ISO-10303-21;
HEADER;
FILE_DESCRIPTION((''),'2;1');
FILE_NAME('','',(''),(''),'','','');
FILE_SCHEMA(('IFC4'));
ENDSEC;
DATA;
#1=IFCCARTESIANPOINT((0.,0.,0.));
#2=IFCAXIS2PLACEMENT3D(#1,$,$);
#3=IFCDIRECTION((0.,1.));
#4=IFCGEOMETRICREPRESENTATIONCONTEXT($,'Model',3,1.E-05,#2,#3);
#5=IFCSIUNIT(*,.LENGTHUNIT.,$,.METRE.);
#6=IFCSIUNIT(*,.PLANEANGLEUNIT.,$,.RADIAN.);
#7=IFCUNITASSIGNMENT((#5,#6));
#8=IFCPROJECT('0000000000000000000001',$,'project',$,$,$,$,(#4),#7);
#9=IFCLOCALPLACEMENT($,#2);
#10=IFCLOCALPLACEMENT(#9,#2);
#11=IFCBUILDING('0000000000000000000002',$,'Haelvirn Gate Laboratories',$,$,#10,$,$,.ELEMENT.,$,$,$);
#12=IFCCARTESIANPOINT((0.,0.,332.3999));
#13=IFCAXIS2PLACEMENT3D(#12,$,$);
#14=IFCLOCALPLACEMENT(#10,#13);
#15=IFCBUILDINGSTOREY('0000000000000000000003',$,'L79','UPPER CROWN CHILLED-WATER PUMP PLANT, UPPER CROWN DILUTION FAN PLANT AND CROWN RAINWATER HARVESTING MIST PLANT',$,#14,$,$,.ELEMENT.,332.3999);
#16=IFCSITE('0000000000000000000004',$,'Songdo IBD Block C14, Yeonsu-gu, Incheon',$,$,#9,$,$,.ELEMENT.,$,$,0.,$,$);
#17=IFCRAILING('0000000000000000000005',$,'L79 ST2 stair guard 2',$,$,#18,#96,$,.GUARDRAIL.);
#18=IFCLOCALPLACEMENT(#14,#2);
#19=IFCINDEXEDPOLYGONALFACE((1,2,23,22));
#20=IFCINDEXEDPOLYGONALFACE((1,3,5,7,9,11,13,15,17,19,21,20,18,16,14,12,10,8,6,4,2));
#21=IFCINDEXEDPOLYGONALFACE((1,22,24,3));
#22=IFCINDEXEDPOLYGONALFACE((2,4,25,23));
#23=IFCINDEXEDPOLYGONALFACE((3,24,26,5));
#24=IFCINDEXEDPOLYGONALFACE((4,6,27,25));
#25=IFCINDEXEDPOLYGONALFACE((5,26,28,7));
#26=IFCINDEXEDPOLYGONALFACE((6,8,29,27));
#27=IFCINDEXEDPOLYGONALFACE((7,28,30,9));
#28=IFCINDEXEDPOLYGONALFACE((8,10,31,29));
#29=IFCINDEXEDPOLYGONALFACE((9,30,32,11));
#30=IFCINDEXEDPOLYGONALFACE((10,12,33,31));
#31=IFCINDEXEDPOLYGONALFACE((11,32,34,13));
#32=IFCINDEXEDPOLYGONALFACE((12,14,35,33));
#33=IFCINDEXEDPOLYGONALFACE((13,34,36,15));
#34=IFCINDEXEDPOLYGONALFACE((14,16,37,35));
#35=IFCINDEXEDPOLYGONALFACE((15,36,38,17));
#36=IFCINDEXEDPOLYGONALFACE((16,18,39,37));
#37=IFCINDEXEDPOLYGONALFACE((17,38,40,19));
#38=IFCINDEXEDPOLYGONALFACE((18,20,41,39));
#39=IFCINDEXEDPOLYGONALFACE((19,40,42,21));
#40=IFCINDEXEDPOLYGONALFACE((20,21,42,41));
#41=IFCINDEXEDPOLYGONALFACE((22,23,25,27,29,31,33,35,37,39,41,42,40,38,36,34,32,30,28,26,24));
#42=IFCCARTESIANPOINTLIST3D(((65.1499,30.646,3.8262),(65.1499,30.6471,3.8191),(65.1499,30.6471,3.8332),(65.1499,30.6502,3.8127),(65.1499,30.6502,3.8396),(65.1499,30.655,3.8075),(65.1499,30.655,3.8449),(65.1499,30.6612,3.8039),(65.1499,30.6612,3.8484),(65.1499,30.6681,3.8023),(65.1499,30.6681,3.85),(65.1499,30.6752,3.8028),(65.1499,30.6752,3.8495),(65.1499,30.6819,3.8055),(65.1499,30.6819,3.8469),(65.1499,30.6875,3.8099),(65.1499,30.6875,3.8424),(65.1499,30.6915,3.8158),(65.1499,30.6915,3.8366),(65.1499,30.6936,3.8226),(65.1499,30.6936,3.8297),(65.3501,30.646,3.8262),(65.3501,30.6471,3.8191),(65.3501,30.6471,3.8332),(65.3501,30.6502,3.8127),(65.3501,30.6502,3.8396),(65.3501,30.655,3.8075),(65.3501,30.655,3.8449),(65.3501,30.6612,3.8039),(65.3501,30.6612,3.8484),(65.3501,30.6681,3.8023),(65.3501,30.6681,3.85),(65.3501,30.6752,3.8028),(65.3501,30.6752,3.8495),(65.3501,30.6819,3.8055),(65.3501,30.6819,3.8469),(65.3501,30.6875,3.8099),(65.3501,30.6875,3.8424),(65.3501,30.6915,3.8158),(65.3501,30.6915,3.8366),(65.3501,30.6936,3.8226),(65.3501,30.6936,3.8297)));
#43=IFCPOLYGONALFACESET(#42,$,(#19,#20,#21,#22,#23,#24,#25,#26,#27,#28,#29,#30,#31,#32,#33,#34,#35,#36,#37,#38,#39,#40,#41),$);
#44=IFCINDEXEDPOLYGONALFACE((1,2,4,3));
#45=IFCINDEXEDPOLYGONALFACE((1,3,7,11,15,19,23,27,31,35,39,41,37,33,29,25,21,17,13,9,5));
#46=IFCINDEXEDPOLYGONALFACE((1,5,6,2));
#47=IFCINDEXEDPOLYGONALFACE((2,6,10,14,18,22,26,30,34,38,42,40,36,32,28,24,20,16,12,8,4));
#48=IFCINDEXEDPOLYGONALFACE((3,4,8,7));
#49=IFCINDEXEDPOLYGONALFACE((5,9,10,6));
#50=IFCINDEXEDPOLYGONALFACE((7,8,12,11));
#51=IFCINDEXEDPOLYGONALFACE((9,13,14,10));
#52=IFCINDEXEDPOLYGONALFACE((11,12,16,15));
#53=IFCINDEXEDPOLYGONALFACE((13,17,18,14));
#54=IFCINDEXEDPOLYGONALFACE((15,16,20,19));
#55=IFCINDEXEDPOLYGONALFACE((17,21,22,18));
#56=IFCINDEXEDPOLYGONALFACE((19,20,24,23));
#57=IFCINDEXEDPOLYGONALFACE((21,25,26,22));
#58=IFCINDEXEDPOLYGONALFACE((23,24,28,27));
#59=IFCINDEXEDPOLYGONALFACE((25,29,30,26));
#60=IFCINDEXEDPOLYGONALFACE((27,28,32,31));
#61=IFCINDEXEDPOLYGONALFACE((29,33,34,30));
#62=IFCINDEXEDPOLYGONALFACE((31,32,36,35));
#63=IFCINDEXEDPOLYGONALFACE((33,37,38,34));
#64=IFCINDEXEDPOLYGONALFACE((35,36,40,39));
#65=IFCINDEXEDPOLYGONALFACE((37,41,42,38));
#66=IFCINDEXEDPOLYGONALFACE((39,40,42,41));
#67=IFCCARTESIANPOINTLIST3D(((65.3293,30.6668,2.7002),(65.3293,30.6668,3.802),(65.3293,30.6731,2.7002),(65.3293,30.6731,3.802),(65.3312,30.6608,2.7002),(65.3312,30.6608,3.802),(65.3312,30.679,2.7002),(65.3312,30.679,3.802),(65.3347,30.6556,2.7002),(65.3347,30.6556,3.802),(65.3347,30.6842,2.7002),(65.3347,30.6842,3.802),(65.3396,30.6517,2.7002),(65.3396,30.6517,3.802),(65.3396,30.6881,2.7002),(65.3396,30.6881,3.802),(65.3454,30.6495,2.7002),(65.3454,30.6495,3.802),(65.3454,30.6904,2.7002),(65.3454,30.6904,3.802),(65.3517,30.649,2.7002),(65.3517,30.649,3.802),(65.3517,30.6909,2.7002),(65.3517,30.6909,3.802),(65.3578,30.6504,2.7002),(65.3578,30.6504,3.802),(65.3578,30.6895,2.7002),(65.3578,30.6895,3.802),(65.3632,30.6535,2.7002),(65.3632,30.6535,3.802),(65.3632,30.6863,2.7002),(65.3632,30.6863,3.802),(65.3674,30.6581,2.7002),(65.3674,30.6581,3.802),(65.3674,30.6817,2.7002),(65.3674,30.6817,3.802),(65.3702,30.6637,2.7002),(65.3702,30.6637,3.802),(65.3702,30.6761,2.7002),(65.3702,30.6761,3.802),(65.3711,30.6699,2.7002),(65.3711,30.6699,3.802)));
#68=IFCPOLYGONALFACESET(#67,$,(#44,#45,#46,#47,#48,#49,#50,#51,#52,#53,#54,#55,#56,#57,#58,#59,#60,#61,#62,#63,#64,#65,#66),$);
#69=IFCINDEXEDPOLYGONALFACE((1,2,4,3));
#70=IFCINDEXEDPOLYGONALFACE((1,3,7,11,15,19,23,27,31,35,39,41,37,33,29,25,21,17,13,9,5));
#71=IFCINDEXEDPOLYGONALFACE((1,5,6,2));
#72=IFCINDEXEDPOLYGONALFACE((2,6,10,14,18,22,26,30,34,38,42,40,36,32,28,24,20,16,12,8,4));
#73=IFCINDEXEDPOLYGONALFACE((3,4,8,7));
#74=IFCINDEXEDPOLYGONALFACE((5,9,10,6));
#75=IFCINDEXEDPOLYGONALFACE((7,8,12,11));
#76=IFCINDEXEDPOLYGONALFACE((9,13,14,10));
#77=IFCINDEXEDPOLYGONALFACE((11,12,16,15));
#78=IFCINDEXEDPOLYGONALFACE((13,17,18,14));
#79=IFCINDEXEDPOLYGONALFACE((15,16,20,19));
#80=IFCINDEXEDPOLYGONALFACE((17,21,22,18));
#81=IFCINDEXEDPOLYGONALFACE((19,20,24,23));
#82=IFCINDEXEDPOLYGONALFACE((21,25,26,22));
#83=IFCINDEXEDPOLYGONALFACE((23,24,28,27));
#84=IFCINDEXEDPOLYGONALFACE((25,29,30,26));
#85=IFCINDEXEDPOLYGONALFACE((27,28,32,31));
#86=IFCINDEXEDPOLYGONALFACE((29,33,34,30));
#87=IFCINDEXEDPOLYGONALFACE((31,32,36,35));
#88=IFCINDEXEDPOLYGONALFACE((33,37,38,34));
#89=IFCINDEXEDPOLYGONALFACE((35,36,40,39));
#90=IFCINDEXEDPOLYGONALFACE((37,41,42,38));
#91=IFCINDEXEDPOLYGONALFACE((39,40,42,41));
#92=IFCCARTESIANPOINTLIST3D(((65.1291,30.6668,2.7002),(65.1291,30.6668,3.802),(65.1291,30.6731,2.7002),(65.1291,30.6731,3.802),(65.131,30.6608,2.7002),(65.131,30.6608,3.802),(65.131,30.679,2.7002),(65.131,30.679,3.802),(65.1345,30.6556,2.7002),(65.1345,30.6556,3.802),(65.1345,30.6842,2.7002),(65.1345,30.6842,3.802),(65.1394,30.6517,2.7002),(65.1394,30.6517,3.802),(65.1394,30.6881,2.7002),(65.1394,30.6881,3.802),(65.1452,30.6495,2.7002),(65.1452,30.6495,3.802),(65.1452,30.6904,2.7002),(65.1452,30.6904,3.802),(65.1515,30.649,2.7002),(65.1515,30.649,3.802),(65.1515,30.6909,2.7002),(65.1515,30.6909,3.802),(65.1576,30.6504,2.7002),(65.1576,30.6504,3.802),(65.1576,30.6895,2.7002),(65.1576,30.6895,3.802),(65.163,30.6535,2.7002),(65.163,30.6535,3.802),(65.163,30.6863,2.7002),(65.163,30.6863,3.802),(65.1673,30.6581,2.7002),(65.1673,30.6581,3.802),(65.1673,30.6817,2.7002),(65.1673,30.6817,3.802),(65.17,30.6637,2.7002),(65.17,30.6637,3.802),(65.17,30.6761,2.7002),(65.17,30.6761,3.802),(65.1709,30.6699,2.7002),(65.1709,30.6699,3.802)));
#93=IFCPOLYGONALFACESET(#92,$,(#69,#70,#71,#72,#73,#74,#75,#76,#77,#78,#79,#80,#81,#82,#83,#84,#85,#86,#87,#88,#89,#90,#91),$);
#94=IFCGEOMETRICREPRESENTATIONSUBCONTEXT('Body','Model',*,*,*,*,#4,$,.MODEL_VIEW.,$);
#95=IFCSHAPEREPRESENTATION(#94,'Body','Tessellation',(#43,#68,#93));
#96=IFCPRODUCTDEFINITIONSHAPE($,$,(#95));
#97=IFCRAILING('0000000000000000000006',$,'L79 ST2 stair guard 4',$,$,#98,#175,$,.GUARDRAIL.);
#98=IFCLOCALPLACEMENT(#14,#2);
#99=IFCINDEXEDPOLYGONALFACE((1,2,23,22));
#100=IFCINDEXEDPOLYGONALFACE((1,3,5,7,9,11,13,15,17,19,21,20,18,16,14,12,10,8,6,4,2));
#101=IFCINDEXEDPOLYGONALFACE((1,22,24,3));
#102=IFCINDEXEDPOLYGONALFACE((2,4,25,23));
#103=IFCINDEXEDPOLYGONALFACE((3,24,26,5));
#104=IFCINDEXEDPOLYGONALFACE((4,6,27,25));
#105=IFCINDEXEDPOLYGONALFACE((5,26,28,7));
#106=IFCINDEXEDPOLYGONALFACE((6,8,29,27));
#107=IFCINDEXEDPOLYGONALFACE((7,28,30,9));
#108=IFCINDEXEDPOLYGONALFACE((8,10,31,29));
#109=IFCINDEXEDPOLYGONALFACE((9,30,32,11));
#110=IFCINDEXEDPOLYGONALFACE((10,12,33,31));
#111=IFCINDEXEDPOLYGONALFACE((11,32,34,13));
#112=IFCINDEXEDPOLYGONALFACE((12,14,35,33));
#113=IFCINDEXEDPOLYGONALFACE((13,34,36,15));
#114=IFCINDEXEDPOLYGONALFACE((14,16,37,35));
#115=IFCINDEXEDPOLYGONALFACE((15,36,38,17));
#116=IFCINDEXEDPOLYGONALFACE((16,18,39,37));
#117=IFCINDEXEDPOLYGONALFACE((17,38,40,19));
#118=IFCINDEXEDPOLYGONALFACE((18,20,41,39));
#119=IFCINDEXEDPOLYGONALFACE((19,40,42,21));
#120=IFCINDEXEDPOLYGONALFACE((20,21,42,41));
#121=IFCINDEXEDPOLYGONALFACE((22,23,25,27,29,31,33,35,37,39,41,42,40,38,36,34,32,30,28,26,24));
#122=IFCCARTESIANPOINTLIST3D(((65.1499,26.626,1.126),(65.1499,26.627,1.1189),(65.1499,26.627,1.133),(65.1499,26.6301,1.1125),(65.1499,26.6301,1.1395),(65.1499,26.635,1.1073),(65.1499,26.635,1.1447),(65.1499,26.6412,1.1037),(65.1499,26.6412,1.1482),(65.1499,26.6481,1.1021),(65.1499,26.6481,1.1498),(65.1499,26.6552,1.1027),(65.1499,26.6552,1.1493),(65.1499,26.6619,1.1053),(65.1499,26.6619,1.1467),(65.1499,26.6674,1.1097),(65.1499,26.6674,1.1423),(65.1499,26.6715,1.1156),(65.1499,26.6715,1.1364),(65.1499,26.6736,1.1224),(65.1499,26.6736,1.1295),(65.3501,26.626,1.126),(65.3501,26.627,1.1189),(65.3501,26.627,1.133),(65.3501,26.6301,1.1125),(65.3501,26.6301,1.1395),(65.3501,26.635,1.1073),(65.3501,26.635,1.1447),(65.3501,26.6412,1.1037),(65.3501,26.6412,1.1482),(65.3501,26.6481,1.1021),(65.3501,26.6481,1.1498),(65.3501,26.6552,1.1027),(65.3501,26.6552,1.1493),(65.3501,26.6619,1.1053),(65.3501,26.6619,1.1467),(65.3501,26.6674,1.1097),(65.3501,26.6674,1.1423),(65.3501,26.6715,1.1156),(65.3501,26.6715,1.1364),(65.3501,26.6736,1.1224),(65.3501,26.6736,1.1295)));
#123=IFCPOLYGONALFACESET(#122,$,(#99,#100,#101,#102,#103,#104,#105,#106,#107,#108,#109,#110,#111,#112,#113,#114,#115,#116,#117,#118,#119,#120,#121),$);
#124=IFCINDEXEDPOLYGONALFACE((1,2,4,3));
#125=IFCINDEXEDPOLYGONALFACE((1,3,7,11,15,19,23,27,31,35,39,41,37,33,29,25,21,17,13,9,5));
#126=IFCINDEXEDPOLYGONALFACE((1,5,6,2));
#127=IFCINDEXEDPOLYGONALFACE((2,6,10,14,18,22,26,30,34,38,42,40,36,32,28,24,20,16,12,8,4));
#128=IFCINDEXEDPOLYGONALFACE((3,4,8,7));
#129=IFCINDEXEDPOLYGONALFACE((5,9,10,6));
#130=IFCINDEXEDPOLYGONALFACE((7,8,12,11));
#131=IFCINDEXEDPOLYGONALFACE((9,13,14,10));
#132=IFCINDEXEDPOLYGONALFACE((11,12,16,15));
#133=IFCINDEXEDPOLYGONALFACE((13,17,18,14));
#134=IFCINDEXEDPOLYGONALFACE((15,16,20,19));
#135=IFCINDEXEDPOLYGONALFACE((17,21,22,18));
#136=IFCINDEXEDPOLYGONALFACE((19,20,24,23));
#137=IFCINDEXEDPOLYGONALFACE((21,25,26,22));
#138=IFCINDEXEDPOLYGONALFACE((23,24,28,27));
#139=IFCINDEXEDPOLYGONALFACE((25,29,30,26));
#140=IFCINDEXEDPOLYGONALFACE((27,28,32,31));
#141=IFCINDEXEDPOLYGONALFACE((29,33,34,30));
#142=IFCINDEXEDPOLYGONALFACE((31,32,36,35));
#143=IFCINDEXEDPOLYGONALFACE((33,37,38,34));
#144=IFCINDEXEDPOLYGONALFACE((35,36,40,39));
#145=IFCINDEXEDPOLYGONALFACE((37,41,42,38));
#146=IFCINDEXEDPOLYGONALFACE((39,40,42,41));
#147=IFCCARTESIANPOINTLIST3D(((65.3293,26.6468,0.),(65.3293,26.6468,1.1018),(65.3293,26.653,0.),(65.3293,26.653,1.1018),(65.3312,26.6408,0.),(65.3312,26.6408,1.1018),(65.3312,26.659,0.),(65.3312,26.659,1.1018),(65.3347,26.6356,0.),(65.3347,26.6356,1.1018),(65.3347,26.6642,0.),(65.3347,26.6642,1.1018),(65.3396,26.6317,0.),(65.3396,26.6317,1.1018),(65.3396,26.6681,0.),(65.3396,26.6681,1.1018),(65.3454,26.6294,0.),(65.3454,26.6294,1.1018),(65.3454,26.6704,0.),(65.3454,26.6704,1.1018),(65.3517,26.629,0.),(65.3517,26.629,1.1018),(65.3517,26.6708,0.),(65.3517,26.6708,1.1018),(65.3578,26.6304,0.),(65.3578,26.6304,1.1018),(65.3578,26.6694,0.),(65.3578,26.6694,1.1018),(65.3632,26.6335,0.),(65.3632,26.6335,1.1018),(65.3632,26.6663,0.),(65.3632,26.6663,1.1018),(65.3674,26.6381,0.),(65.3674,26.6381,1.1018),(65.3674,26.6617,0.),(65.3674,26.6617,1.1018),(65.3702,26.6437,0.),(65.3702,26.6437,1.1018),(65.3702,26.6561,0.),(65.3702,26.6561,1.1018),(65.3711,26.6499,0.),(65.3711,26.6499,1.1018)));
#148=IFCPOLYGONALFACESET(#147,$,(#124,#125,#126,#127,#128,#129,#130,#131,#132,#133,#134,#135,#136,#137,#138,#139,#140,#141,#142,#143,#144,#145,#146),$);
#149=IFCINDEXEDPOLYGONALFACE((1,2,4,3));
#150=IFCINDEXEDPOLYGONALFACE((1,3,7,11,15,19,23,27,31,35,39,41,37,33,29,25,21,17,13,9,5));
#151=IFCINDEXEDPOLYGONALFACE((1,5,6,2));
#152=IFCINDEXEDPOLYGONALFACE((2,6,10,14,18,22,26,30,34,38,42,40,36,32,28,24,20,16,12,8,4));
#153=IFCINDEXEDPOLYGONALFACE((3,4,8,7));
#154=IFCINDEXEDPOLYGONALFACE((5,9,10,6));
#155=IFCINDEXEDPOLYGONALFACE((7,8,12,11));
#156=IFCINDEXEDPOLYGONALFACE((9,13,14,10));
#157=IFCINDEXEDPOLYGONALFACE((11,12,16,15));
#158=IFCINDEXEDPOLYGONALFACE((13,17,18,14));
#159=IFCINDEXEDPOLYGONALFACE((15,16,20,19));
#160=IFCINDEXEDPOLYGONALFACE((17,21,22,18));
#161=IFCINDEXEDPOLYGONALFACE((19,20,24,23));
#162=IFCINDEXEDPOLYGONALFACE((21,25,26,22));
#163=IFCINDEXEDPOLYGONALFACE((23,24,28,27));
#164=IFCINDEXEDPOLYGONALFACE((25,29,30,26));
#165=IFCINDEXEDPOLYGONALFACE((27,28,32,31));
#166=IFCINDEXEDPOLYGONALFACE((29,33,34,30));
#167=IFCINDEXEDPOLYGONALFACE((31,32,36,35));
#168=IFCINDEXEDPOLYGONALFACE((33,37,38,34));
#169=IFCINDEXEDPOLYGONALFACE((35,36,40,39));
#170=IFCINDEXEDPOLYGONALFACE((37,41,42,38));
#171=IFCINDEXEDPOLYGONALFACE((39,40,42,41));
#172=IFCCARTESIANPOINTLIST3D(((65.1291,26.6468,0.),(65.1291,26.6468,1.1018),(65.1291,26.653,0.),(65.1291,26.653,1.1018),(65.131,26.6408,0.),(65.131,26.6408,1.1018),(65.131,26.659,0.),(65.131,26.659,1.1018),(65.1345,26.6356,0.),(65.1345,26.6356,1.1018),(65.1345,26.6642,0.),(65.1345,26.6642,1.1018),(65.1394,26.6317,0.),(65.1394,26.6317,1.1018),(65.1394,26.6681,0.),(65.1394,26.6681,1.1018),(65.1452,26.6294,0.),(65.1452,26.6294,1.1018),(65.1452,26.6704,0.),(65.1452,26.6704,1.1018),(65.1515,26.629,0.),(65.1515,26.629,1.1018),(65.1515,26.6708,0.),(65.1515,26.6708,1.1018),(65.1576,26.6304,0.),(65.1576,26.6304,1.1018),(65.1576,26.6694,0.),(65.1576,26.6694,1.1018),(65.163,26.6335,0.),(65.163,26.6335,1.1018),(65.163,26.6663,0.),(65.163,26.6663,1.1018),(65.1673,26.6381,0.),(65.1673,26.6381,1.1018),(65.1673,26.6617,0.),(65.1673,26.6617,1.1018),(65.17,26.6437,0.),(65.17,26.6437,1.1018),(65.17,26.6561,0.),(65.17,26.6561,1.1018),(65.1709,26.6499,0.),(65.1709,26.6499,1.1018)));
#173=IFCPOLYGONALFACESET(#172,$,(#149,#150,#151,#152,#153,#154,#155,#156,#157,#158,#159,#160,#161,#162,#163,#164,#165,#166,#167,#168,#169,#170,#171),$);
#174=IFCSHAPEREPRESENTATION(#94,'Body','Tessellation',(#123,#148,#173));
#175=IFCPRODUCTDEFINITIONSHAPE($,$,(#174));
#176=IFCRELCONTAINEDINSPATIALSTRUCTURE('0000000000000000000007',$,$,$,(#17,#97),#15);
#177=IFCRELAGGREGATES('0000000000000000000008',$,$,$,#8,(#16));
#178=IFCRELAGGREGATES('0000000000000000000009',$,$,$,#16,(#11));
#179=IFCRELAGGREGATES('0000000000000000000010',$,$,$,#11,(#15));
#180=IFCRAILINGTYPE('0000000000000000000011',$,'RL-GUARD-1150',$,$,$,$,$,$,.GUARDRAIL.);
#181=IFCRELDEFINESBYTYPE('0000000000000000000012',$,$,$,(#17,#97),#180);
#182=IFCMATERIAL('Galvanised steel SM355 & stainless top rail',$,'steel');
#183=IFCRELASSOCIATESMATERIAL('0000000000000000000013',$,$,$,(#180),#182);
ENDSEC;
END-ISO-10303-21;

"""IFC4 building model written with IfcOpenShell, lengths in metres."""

from ifc_helpers import new_model, si_unit, direction, frame, origin, origin_2d, place, context, subcontext, project, spatial, circle, extrude, source, transform, mapped, material, type_object, element, save


model = new_model("IFC4")

# Units and contexts
model_context = context("Model", 3, precision=1e-05, world=origin(), true_north=direction((0.0, 1.0)))
body_context = subcontext(model_context, "Body", "Model", "MODEL_VIEW")
ifc_project = project(units=[si_unit("LENGTHUNIT", "METRE"), si_unit("PLANEANGLEUNIT", "RADIAN")], contexts=[model_context])

# Site, building, storey
site_placement = place(None, origin())
site = spatial("IfcSite", under=ifc_project, at=site_placement, Name="Songdo IBD Block C14, Yeonsu-gu, Incheon", CompositionType="ELEMENT", RefElevation=0.0)
building_placement = place(site_placement, origin())
building = spatial("IfcBuilding", under=site, at=building_placement, Name="Haelvirn Gate Laboratories", CompositionType="ELEMENT")
storey_placement = place(building_placement, frame((0.0, 0.0, 332.3999)))
storey = spatial("IfcBuildingStorey", under=building, at=storey_placement, Name="L79", Description="UPPER CROWN CHILLED-WATER PUMP PLANT, UPPER CROWN DILUTION FAN PLANT AND CROWN RAINWATER HARVESTING MIST PLANT", CompositionType="ELEMENT", Elevation=332.3999)

# Railings
ifc_material_1 = material(Name="Galvanised steel SM355 & stainless top rail", Category="steel")
railing_type_1 = type_object("IfcRailingType", Name="RL-GUARD-1150", PredefinedType="GUARDRAIL", material=ifc_material_1)
shared_shape_1 = source(origin(), body_context, "Body", "SweptSolid", [
    extrude(circle(Radius=0.0239, at=origin_2d()), frame((0.0, 0.0, 1.126), z_axis=(-1.0, 0.0, 0.0), x_axis=(0.0, -1.0, 0.0)), (0.0, 0.0, 1.0), 0.2002),
    extrude(circle(Radius=0.021, at=origin_2d()), origin(), (0.0, 0.0, 1.0), 1.1018),
    extrude(circle(Radius=0.021, at=origin_2d()), frame((-0.2002, 0.0, 0.0)), (0.0, 0.0, 1.0), 1.1018),
])
for number, where, name in (
    (1, (65.3501, 30.6699, 2.7002), "L79 ST2 stair guard 2"),
    (2, (65.3501, 26.6499, 0.0), "L79 ST2 stair guard 4"),
):
    element("IfcRailing", number, at=place(storey_placement, frame(where)), inside=storey, type_object=railing_type_1, Name=name, PredefinedType="GUARDRAIL", context=body_context, shape_type="MappedRepresentation", body=[
        mapped(shared_shape_1, transform((0.0, 0.0, 0.0), scale=1.0)),
    ])

save(model, "model.ifc")
